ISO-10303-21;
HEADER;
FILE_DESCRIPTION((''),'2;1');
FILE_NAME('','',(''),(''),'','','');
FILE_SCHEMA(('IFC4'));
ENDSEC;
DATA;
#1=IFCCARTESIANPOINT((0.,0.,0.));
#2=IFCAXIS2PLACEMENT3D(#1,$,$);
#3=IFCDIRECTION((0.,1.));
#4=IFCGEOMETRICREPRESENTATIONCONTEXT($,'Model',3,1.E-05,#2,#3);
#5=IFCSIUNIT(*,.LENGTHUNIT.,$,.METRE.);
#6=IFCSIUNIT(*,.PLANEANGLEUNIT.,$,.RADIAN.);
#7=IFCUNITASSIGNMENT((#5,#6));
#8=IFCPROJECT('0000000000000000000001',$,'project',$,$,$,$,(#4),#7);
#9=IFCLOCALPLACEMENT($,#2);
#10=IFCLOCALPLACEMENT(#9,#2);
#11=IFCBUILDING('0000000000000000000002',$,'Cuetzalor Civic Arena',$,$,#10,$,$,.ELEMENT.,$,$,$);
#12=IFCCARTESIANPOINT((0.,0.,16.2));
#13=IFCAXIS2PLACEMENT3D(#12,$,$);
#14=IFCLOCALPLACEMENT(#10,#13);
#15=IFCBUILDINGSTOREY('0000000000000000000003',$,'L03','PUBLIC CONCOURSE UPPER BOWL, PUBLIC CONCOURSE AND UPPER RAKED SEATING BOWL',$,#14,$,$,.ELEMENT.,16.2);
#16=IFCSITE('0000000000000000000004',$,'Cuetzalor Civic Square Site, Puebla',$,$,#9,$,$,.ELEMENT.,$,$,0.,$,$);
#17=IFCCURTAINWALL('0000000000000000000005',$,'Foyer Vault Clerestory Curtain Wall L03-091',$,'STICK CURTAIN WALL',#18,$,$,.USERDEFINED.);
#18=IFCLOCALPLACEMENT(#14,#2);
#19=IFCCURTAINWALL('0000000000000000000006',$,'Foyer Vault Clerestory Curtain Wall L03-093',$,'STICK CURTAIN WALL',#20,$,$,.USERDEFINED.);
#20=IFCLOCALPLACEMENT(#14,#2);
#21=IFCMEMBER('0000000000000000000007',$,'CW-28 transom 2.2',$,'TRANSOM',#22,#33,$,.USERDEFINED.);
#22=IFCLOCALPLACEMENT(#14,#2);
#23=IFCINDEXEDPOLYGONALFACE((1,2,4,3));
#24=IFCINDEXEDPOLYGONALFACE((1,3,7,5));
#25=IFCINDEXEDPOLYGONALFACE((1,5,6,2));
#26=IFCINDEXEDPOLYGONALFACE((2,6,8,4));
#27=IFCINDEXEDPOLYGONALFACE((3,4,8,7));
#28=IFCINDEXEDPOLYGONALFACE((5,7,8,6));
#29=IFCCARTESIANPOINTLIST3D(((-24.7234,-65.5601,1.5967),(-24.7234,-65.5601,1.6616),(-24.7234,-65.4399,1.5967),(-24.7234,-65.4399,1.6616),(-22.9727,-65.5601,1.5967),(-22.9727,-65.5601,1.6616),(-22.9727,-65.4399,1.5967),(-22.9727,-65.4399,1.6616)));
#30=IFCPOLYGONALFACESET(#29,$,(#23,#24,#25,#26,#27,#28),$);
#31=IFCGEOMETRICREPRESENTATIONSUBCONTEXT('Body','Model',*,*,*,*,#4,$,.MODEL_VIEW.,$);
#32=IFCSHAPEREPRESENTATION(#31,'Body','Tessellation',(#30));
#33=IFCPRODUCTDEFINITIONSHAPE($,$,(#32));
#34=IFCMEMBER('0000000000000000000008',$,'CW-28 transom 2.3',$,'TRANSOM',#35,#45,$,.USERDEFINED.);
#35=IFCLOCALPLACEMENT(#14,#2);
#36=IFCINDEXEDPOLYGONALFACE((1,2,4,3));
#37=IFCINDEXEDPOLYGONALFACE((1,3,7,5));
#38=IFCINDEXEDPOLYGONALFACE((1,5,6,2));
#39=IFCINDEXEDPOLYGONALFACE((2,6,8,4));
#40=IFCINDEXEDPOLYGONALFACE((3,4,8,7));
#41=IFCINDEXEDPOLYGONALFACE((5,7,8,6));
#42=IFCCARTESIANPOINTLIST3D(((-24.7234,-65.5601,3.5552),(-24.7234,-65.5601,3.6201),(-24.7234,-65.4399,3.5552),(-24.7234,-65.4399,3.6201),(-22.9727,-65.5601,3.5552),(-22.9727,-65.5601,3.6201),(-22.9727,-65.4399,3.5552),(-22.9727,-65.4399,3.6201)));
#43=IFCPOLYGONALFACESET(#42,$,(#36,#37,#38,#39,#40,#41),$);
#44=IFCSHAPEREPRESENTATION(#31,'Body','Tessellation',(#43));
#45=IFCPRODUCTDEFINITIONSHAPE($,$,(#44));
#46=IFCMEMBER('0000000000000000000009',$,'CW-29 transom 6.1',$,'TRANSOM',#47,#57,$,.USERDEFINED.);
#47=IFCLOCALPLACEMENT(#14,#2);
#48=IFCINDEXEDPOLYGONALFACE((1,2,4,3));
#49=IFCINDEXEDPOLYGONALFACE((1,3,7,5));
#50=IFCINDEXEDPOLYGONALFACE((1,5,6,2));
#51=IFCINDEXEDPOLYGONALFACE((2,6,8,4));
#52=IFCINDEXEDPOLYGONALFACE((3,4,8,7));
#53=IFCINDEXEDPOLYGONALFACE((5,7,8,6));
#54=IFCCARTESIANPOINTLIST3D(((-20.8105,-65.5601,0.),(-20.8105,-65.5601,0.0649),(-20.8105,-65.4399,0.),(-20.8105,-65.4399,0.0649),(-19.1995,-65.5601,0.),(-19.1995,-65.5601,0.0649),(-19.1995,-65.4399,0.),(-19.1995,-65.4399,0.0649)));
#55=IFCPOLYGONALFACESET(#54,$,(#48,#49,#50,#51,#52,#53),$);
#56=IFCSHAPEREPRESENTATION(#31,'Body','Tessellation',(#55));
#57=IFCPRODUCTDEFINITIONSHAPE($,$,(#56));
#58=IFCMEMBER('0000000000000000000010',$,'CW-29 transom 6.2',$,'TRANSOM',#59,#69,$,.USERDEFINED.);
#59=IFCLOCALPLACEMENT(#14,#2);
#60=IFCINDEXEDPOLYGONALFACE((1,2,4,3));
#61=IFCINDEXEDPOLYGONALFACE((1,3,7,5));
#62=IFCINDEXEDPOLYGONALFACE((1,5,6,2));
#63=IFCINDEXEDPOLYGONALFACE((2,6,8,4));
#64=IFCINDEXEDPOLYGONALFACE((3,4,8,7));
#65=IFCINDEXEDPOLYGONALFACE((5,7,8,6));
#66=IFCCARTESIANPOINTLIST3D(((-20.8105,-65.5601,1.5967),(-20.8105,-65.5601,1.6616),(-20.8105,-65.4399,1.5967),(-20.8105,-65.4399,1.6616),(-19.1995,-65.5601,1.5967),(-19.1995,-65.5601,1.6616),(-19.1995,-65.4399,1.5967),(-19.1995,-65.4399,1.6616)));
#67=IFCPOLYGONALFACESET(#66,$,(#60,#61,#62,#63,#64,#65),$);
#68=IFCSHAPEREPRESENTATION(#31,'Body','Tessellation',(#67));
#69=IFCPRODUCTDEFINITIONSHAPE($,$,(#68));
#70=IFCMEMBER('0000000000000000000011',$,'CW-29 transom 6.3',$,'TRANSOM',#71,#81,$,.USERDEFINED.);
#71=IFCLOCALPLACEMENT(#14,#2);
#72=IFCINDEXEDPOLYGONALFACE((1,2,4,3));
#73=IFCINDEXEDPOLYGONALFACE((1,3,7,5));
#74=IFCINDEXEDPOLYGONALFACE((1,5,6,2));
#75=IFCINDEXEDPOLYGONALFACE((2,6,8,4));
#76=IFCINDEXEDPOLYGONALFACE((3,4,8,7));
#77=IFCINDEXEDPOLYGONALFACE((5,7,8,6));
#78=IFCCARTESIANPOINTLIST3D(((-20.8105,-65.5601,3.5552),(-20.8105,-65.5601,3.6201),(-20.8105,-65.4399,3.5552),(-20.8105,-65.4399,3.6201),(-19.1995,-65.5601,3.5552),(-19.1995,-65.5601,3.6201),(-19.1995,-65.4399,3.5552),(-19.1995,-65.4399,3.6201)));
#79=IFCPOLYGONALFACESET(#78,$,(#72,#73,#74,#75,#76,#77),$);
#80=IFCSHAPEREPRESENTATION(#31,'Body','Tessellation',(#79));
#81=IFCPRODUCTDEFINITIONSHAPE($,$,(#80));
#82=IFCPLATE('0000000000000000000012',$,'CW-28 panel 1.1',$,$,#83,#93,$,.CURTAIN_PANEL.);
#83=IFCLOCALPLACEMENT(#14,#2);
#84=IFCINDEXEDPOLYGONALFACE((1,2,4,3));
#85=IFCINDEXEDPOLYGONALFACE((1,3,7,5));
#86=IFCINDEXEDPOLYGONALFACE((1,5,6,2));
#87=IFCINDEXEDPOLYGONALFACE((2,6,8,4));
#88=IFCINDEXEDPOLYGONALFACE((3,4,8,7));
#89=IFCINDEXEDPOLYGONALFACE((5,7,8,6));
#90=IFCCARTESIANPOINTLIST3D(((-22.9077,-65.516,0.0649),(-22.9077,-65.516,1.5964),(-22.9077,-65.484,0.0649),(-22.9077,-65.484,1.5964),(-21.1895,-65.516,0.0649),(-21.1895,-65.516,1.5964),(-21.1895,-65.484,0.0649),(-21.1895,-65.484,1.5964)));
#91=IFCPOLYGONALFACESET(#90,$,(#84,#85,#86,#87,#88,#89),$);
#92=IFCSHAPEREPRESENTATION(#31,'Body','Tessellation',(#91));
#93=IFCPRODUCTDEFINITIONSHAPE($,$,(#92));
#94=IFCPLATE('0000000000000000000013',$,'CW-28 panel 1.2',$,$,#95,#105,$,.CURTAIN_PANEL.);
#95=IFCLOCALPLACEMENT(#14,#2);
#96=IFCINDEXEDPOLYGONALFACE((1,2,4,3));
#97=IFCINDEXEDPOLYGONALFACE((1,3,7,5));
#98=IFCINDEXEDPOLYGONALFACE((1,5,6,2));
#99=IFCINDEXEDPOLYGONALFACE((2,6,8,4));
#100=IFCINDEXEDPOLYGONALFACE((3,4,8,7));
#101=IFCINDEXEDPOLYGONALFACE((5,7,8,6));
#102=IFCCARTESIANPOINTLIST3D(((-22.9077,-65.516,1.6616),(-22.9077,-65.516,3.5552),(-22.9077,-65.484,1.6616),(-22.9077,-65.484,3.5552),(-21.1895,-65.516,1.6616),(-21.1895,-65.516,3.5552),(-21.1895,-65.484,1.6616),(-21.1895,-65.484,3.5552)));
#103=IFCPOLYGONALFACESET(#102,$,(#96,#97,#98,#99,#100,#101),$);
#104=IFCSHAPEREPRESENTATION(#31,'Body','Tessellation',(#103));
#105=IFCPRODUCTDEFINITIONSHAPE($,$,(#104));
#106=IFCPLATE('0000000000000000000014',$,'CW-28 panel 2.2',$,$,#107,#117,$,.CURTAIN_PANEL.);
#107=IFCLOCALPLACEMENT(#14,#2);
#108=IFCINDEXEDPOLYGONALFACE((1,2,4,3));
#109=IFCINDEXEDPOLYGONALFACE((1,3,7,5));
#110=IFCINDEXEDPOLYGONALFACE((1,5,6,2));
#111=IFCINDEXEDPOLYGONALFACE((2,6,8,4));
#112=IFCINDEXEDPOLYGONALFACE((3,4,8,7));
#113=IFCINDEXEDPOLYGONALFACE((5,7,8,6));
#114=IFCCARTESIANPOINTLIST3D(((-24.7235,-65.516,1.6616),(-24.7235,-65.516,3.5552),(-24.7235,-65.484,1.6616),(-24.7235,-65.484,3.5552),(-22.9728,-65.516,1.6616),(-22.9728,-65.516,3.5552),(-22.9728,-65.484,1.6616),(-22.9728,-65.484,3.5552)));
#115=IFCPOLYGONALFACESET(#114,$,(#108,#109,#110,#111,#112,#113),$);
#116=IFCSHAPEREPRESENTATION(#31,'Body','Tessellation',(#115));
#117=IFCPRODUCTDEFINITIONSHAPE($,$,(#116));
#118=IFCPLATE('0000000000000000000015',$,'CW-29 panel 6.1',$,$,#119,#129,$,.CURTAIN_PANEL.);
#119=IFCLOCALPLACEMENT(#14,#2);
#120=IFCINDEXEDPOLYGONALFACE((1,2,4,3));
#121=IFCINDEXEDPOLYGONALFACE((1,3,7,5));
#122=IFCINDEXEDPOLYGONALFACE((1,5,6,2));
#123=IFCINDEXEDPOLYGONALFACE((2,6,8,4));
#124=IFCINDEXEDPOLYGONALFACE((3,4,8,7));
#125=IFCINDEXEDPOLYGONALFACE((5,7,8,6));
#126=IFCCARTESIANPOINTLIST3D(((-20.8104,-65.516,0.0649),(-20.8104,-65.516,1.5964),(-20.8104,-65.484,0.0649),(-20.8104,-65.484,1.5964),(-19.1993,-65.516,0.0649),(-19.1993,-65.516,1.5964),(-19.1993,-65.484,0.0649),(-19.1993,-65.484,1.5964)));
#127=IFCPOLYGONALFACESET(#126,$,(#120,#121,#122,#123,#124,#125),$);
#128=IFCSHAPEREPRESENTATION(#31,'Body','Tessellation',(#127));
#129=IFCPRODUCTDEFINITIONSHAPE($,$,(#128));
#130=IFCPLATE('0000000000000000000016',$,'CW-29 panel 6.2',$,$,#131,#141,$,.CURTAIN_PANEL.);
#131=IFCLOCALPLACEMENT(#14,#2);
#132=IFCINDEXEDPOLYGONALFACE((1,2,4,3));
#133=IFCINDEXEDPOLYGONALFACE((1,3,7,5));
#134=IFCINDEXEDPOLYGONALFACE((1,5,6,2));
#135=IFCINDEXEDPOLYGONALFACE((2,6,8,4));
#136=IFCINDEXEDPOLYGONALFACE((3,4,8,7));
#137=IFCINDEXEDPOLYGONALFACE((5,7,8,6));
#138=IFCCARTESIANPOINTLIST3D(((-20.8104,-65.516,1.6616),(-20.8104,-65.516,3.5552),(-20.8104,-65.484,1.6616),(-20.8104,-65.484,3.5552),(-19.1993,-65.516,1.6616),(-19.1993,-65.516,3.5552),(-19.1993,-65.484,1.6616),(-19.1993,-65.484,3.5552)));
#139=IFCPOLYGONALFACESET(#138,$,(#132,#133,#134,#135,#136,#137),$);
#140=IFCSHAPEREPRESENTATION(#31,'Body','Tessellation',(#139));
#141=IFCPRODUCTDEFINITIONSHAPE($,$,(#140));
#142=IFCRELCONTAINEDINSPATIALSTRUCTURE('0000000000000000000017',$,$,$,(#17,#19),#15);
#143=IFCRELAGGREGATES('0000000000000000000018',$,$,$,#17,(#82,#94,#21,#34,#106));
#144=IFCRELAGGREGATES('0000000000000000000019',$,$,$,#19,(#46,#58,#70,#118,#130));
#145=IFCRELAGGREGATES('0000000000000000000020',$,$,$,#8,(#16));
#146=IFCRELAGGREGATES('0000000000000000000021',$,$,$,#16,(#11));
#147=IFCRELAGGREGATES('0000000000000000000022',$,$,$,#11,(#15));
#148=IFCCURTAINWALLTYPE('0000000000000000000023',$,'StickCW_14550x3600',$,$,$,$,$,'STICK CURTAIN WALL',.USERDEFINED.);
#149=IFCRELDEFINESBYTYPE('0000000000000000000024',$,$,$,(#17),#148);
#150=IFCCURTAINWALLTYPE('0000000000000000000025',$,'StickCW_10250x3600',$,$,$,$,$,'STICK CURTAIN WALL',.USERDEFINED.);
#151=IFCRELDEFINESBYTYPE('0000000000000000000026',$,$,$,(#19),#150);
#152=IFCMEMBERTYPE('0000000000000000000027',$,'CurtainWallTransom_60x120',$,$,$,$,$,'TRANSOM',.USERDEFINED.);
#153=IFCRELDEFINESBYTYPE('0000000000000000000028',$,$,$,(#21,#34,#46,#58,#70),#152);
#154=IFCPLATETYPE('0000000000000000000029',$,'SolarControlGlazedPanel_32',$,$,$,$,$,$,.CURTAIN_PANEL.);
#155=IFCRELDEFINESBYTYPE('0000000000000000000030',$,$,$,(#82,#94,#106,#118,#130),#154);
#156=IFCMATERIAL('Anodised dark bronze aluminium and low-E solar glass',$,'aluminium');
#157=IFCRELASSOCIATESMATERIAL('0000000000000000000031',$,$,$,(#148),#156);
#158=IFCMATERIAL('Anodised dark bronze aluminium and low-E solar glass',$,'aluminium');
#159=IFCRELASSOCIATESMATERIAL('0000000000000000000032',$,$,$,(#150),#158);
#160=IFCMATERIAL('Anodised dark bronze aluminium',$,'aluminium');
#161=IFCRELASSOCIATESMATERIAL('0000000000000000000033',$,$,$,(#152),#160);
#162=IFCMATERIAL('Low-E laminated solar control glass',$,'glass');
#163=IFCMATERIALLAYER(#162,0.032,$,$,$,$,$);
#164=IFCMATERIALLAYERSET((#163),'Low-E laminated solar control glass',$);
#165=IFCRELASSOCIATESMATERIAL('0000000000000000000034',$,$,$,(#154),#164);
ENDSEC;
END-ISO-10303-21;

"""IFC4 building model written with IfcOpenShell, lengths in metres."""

from ifc_helpers import new_model, si_unit, direction, frame, origin, origin_2d, place, context, subcontext, project, spatial, rectangle, extrude, material, layer, layer_set, material_profile, profile_set, type_object, element, aggregate, save


model = new_model("IFC4")

# Units and contexts
model_context = context("Model", 3, precision=1e-05, world=origin(), true_north=direction((0.0, 1.0)))
body_context = subcontext(model_context, "Body", "Model", "MODEL_VIEW")
ifc_project = project(units=[si_unit("LENGTHUNIT", "METRE"), si_unit("PLANEANGLEUNIT", "RADIAN")], contexts=[model_context])

# Site, building, storey
site_placement = place(None, origin())
site = spatial("IfcSite", under=ifc_project, at=site_placement, Name="Cuetzalor Civic Square Site, Puebla", CompositionType="ELEMENT", RefElevation=0.0)
building_placement = place(site_placement, origin())
building = spatial("IfcBuilding", under=site, at=building_placement, Name="Cuetzalor Civic Arena", CompositionType="ELEMENT")
storey_placement = place(building_placement, frame((0.0, 0.0, 16.2)))
storey = spatial("IfcBuildingStorey", under=building, at=storey_placement, Name="L03", Description="PUBLIC CONCOURSE UPPER BOWL, PUBLIC CONCOURSE AND UPPER RAKED SEATING BOWL", CompositionType="ELEMENT", Elevation=16.2)

# Curtain walls
ifc_material_1 = material(Name="Anodised dark bronze aluminium and low-E solar glass", Category="aluminium")
curtain_wall_type_1 = type_object("IfcCurtainWallType", Name="StickCW_14550x3600", ElementType="STICK CURTAIN WALL", PredefinedType="USERDEFINED", material=ifc_material_1)
curtain_wall_1_placement = place(storey_placement, origin())
curtain_wall_1 = element("IfcCurtainWall", 1, at=curtain_wall_1_placement, inside=storey, type_object=curtain_wall_type_1, Name="Foyer Vault Clerestory Curtain Wall L03-091", ObjectType="STICK CURTAIN WALL", PredefinedType="USERDEFINED")
ifc_material_2 = material(Name="Anodised dark bronze aluminium and low-E solar glass", Category="aluminium")
curtain_wall_type_2 = type_object("IfcCurtainWallType", Name="StickCW_10250x3600", ElementType="STICK CURTAIN WALL", PredefinedType="USERDEFINED", material=ifc_material_2)
curtain_wall_2_placement = place(storey_placement, origin())
curtain_wall_2 = element("IfcCurtainWall", 2, at=curtain_wall_2_placement, inside=storey, type_object=curtain_wall_type_2, Name="Foyer Vault Clerestory Curtain Wall L03-093", ObjectType="STICK CURTAIN WALL", PredefinedType="USERDEFINED")

# Members
ifc_material_3 = material(Name="Anodised dark bronze aluminium", Category="aluminium")
ifc_material_profile_1 = material_profile(ifc_material_3, rectangle(XDim=0.1201, YDim=0.0649, at=origin_2d()), Name="ALU TRANSOM 65x120")
ifc_profile_set_1 = profile_set([ifc_material_profile_1], Name="Anodised dark bronze aluminium")
member_type_1 = type_object("IfcMemberType", Name="CurtainWallTransom_60x120", ElementType="TRANSOM", PredefinedType="USERDEFINED", material=ifc_profile_set_1)
member_1_placement = place(storey_placement, frame((-22.9727, -65.5, 1.6292), z_axis=(-1.0, 0.0, 0.0), x_axis=(0.0, -1.0, 0.0)))
member_1 = element("IfcMember", 3, at=member_1_placement, type_object=member_type_1, Name="CW-28 transom 2.2", ObjectType="TRANSOM", PredefinedType="USERDEFINED", context=body_context, shape_type="SweptSolid", body=[
    extrude(rectangle(XDim=0.1201, YDim=0.0649, at=origin_2d()), origin(), (0.0, 0.0, 1.0), 1.7507),
])
member_2_placement = place(storey_placement, frame((-22.9727, -65.5, 3.5876), z_axis=(-1.0, 0.0, 0.0), x_axis=(0.0, -1.0, 0.0)))
member_2 = element("IfcMember", 4, at=member_2_placement, type_object=member_type_1, Name="CW-28 transom 2.3", ObjectType="TRANSOM", PredefinedType="USERDEFINED", context=body_context, shape_type="SweptSolid", body=[
    extrude(rectangle(XDim=0.1201, YDim=0.0649, at=origin_2d()), origin(), (0.0, 0.0, 1.0), 1.7507),
])
member_3_placement = place(storey_placement, frame((-19.1995, -65.5, 0.0325), z_axis=(-1.0, 0.0, 0.0), x_axis=(0.0, -1.0, 0.0)))
member_3 = element("IfcMember", 5, at=member_3_placement, type_object=member_type_1, Name="CW-29 transom 6.1", ObjectType="TRANSOM", PredefinedType="USERDEFINED", context=body_context, shape_type="SweptSolid", body=[
    extrude(rectangle(XDim=0.1201, YDim=0.0649, at=origin_2d()), origin(), (0.0, 0.0, 1.0), 1.6111),
])
member_4_placement = place(storey_placement, frame((-19.1995, -65.5, 1.6292), z_axis=(-1.0, 0.0, 0.0), x_axis=(0.0, -1.0, 0.0)))
member_4 = element("IfcMember", 6, at=member_4_placement, type_object=member_type_1, Name="CW-29 transom 6.2", ObjectType="TRANSOM", PredefinedType="USERDEFINED", context=body_context, shape_type="SweptSolid", body=[
    extrude(rectangle(XDim=0.1201, YDim=0.0649, at=origin_2d()), origin(), (0.0, 0.0, 1.0), 1.6111),
])
member_5_placement = place(storey_placement, frame((-19.1995, -65.5, 3.5876), z_axis=(-1.0, 0.0, 0.0), x_axis=(0.0, -1.0, 0.0)))
member_5 = element("IfcMember", 7, at=member_5_placement, type_object=member_type_1, Name="CW-29 transom 6.3", ObjectType="TRANSOM", PredefinedType="USERDEFINED", context=body_context, shape_type="SweptSolid", body=[
    extrude(rectangle(XDim=0.1201, YDim=0.0649, at=origin_2d()), origin(), (0.0, 0.0, 1.0), 1.6111),
])

# Plates
ifc_material_4 = material(Name="Low-E laminated solar control glass", Category="glass")
ifc_layer = layer(ifc_material_4, 0.032)
ifc_layer_set = layer_set([ifc_layer], Name="Low-E laminated solar control glass")
plate_type = type_object("IfcPlateType", Name="SolarControlGlazedPanel_32", PredefinedType="CURTAIN_PANEL", material=ifc_layer_set)
plate_1_placement = place(storey_placement, frame((-22.0486, -65.5, 0.0649), z_axis=(0.0, 0.0, 1.0), x_axis=(-1.0, 0.0, 0.0)))
plate_1 = element("IfcPlate", 8, at=plate_1_placement, type_object=plate_type, Name="CW-28 panel 1.1", PredefinedType="CURTAIN_PANEL", context=body_context, shape_type="SweptSolid", body=[
    extrude(rectangle(XDim=1.7183, YDim=0.032, at=origin_2d()), origin(), (0.0, 0.0, 1.0), 1.5315),
])
plate_2_placement = place(storey_placement, frame((-22.0486, -65.5, 1.6616), z_axis=(0.0, 0.0, 1.0), x_axis=(-1.0, 0.0, 0.0)))
plate_2 = element("IfcPlate", 9, at=plate_2_placement, type_object=plate_type, Name="CW-28 panel 1.2", PredefinedType="CURTAIN_PANEL", context=body_context, shape_type="SweptSolid", body=[
    extrude(rectangle(XDim=1.7183, YDim=0.032, at=origin_2d()), origin(), (0.0, 0.0, 1.0), 1.8936),
])
plate_3_placement = place(storey_placement, frame((-23.8481, -65.5, 1.6616), z_axis=(0.0, 0.0, 1.0), x_axis=(-1.0, 0.0, 0.0)))
plate_3 = element("IfcPlate", 10, at=plate_3_placement, type_object=plate_type, Name="CW-28 panel 2.2", PredefinedType="CURTAIN_PANEL", context=body_context, shape_type="SweptSolid", body=[
    extrude(rectangle(XDim=1.7507, YDim=0.032, at=origin_2d()), origin(), (0.0, 0.0, 1.0), 1.8936),
])
aggregate(curtain_wall_1, [plate_1, plate_2, member_1, member_2, plate_3])
plate_4_placement = place(storey_placement, frame((-20.0049, -65.5, 0.0649), z_axis=(0.0, 0.0, 1.0), x_axis=(-1.0, 0.0, 0.0)))
plate_4 = element("IfcPlate", 11, at=plate_4_placement, type_object=plate_type, Name="CW-29 panel 6.1", PredefinedType="CURTAIN_PANEL", context=body_context, shape_type="SweptSolid", body=[
    extrude(rectangle(XDim=1.6111, YDim=0.032, at=origin_2d()), origin(), (0.0, 0.0, 1.0), 1.5315),
])
plate_5_placement = place(storey_placement, frame((-20.0049, -65.5, 1.6616), z_axis=(0.0, 0.0, 1.0), x_axis=(-1.0, 0.0, 0.0)))
plate_5 = element("IfcPlate", 12, at=plate_5_placement, type_object=plate_type, Name="CW-29 panel 6.2", PredefinedType="CURTAIN_PANEL", context=body_context, shape_type="SweptSolid", body=[
    extrude(rectangle(XDim=1.6111, YDim=0.032, at=origin_2d()), origin(), (0.0, 0.0, 1.0), 1.8936),
])
aggregate(curtain_wall_2, [member_3, member_4, member_5, plate_4, plate_5])

save(model, "model.ifc")
